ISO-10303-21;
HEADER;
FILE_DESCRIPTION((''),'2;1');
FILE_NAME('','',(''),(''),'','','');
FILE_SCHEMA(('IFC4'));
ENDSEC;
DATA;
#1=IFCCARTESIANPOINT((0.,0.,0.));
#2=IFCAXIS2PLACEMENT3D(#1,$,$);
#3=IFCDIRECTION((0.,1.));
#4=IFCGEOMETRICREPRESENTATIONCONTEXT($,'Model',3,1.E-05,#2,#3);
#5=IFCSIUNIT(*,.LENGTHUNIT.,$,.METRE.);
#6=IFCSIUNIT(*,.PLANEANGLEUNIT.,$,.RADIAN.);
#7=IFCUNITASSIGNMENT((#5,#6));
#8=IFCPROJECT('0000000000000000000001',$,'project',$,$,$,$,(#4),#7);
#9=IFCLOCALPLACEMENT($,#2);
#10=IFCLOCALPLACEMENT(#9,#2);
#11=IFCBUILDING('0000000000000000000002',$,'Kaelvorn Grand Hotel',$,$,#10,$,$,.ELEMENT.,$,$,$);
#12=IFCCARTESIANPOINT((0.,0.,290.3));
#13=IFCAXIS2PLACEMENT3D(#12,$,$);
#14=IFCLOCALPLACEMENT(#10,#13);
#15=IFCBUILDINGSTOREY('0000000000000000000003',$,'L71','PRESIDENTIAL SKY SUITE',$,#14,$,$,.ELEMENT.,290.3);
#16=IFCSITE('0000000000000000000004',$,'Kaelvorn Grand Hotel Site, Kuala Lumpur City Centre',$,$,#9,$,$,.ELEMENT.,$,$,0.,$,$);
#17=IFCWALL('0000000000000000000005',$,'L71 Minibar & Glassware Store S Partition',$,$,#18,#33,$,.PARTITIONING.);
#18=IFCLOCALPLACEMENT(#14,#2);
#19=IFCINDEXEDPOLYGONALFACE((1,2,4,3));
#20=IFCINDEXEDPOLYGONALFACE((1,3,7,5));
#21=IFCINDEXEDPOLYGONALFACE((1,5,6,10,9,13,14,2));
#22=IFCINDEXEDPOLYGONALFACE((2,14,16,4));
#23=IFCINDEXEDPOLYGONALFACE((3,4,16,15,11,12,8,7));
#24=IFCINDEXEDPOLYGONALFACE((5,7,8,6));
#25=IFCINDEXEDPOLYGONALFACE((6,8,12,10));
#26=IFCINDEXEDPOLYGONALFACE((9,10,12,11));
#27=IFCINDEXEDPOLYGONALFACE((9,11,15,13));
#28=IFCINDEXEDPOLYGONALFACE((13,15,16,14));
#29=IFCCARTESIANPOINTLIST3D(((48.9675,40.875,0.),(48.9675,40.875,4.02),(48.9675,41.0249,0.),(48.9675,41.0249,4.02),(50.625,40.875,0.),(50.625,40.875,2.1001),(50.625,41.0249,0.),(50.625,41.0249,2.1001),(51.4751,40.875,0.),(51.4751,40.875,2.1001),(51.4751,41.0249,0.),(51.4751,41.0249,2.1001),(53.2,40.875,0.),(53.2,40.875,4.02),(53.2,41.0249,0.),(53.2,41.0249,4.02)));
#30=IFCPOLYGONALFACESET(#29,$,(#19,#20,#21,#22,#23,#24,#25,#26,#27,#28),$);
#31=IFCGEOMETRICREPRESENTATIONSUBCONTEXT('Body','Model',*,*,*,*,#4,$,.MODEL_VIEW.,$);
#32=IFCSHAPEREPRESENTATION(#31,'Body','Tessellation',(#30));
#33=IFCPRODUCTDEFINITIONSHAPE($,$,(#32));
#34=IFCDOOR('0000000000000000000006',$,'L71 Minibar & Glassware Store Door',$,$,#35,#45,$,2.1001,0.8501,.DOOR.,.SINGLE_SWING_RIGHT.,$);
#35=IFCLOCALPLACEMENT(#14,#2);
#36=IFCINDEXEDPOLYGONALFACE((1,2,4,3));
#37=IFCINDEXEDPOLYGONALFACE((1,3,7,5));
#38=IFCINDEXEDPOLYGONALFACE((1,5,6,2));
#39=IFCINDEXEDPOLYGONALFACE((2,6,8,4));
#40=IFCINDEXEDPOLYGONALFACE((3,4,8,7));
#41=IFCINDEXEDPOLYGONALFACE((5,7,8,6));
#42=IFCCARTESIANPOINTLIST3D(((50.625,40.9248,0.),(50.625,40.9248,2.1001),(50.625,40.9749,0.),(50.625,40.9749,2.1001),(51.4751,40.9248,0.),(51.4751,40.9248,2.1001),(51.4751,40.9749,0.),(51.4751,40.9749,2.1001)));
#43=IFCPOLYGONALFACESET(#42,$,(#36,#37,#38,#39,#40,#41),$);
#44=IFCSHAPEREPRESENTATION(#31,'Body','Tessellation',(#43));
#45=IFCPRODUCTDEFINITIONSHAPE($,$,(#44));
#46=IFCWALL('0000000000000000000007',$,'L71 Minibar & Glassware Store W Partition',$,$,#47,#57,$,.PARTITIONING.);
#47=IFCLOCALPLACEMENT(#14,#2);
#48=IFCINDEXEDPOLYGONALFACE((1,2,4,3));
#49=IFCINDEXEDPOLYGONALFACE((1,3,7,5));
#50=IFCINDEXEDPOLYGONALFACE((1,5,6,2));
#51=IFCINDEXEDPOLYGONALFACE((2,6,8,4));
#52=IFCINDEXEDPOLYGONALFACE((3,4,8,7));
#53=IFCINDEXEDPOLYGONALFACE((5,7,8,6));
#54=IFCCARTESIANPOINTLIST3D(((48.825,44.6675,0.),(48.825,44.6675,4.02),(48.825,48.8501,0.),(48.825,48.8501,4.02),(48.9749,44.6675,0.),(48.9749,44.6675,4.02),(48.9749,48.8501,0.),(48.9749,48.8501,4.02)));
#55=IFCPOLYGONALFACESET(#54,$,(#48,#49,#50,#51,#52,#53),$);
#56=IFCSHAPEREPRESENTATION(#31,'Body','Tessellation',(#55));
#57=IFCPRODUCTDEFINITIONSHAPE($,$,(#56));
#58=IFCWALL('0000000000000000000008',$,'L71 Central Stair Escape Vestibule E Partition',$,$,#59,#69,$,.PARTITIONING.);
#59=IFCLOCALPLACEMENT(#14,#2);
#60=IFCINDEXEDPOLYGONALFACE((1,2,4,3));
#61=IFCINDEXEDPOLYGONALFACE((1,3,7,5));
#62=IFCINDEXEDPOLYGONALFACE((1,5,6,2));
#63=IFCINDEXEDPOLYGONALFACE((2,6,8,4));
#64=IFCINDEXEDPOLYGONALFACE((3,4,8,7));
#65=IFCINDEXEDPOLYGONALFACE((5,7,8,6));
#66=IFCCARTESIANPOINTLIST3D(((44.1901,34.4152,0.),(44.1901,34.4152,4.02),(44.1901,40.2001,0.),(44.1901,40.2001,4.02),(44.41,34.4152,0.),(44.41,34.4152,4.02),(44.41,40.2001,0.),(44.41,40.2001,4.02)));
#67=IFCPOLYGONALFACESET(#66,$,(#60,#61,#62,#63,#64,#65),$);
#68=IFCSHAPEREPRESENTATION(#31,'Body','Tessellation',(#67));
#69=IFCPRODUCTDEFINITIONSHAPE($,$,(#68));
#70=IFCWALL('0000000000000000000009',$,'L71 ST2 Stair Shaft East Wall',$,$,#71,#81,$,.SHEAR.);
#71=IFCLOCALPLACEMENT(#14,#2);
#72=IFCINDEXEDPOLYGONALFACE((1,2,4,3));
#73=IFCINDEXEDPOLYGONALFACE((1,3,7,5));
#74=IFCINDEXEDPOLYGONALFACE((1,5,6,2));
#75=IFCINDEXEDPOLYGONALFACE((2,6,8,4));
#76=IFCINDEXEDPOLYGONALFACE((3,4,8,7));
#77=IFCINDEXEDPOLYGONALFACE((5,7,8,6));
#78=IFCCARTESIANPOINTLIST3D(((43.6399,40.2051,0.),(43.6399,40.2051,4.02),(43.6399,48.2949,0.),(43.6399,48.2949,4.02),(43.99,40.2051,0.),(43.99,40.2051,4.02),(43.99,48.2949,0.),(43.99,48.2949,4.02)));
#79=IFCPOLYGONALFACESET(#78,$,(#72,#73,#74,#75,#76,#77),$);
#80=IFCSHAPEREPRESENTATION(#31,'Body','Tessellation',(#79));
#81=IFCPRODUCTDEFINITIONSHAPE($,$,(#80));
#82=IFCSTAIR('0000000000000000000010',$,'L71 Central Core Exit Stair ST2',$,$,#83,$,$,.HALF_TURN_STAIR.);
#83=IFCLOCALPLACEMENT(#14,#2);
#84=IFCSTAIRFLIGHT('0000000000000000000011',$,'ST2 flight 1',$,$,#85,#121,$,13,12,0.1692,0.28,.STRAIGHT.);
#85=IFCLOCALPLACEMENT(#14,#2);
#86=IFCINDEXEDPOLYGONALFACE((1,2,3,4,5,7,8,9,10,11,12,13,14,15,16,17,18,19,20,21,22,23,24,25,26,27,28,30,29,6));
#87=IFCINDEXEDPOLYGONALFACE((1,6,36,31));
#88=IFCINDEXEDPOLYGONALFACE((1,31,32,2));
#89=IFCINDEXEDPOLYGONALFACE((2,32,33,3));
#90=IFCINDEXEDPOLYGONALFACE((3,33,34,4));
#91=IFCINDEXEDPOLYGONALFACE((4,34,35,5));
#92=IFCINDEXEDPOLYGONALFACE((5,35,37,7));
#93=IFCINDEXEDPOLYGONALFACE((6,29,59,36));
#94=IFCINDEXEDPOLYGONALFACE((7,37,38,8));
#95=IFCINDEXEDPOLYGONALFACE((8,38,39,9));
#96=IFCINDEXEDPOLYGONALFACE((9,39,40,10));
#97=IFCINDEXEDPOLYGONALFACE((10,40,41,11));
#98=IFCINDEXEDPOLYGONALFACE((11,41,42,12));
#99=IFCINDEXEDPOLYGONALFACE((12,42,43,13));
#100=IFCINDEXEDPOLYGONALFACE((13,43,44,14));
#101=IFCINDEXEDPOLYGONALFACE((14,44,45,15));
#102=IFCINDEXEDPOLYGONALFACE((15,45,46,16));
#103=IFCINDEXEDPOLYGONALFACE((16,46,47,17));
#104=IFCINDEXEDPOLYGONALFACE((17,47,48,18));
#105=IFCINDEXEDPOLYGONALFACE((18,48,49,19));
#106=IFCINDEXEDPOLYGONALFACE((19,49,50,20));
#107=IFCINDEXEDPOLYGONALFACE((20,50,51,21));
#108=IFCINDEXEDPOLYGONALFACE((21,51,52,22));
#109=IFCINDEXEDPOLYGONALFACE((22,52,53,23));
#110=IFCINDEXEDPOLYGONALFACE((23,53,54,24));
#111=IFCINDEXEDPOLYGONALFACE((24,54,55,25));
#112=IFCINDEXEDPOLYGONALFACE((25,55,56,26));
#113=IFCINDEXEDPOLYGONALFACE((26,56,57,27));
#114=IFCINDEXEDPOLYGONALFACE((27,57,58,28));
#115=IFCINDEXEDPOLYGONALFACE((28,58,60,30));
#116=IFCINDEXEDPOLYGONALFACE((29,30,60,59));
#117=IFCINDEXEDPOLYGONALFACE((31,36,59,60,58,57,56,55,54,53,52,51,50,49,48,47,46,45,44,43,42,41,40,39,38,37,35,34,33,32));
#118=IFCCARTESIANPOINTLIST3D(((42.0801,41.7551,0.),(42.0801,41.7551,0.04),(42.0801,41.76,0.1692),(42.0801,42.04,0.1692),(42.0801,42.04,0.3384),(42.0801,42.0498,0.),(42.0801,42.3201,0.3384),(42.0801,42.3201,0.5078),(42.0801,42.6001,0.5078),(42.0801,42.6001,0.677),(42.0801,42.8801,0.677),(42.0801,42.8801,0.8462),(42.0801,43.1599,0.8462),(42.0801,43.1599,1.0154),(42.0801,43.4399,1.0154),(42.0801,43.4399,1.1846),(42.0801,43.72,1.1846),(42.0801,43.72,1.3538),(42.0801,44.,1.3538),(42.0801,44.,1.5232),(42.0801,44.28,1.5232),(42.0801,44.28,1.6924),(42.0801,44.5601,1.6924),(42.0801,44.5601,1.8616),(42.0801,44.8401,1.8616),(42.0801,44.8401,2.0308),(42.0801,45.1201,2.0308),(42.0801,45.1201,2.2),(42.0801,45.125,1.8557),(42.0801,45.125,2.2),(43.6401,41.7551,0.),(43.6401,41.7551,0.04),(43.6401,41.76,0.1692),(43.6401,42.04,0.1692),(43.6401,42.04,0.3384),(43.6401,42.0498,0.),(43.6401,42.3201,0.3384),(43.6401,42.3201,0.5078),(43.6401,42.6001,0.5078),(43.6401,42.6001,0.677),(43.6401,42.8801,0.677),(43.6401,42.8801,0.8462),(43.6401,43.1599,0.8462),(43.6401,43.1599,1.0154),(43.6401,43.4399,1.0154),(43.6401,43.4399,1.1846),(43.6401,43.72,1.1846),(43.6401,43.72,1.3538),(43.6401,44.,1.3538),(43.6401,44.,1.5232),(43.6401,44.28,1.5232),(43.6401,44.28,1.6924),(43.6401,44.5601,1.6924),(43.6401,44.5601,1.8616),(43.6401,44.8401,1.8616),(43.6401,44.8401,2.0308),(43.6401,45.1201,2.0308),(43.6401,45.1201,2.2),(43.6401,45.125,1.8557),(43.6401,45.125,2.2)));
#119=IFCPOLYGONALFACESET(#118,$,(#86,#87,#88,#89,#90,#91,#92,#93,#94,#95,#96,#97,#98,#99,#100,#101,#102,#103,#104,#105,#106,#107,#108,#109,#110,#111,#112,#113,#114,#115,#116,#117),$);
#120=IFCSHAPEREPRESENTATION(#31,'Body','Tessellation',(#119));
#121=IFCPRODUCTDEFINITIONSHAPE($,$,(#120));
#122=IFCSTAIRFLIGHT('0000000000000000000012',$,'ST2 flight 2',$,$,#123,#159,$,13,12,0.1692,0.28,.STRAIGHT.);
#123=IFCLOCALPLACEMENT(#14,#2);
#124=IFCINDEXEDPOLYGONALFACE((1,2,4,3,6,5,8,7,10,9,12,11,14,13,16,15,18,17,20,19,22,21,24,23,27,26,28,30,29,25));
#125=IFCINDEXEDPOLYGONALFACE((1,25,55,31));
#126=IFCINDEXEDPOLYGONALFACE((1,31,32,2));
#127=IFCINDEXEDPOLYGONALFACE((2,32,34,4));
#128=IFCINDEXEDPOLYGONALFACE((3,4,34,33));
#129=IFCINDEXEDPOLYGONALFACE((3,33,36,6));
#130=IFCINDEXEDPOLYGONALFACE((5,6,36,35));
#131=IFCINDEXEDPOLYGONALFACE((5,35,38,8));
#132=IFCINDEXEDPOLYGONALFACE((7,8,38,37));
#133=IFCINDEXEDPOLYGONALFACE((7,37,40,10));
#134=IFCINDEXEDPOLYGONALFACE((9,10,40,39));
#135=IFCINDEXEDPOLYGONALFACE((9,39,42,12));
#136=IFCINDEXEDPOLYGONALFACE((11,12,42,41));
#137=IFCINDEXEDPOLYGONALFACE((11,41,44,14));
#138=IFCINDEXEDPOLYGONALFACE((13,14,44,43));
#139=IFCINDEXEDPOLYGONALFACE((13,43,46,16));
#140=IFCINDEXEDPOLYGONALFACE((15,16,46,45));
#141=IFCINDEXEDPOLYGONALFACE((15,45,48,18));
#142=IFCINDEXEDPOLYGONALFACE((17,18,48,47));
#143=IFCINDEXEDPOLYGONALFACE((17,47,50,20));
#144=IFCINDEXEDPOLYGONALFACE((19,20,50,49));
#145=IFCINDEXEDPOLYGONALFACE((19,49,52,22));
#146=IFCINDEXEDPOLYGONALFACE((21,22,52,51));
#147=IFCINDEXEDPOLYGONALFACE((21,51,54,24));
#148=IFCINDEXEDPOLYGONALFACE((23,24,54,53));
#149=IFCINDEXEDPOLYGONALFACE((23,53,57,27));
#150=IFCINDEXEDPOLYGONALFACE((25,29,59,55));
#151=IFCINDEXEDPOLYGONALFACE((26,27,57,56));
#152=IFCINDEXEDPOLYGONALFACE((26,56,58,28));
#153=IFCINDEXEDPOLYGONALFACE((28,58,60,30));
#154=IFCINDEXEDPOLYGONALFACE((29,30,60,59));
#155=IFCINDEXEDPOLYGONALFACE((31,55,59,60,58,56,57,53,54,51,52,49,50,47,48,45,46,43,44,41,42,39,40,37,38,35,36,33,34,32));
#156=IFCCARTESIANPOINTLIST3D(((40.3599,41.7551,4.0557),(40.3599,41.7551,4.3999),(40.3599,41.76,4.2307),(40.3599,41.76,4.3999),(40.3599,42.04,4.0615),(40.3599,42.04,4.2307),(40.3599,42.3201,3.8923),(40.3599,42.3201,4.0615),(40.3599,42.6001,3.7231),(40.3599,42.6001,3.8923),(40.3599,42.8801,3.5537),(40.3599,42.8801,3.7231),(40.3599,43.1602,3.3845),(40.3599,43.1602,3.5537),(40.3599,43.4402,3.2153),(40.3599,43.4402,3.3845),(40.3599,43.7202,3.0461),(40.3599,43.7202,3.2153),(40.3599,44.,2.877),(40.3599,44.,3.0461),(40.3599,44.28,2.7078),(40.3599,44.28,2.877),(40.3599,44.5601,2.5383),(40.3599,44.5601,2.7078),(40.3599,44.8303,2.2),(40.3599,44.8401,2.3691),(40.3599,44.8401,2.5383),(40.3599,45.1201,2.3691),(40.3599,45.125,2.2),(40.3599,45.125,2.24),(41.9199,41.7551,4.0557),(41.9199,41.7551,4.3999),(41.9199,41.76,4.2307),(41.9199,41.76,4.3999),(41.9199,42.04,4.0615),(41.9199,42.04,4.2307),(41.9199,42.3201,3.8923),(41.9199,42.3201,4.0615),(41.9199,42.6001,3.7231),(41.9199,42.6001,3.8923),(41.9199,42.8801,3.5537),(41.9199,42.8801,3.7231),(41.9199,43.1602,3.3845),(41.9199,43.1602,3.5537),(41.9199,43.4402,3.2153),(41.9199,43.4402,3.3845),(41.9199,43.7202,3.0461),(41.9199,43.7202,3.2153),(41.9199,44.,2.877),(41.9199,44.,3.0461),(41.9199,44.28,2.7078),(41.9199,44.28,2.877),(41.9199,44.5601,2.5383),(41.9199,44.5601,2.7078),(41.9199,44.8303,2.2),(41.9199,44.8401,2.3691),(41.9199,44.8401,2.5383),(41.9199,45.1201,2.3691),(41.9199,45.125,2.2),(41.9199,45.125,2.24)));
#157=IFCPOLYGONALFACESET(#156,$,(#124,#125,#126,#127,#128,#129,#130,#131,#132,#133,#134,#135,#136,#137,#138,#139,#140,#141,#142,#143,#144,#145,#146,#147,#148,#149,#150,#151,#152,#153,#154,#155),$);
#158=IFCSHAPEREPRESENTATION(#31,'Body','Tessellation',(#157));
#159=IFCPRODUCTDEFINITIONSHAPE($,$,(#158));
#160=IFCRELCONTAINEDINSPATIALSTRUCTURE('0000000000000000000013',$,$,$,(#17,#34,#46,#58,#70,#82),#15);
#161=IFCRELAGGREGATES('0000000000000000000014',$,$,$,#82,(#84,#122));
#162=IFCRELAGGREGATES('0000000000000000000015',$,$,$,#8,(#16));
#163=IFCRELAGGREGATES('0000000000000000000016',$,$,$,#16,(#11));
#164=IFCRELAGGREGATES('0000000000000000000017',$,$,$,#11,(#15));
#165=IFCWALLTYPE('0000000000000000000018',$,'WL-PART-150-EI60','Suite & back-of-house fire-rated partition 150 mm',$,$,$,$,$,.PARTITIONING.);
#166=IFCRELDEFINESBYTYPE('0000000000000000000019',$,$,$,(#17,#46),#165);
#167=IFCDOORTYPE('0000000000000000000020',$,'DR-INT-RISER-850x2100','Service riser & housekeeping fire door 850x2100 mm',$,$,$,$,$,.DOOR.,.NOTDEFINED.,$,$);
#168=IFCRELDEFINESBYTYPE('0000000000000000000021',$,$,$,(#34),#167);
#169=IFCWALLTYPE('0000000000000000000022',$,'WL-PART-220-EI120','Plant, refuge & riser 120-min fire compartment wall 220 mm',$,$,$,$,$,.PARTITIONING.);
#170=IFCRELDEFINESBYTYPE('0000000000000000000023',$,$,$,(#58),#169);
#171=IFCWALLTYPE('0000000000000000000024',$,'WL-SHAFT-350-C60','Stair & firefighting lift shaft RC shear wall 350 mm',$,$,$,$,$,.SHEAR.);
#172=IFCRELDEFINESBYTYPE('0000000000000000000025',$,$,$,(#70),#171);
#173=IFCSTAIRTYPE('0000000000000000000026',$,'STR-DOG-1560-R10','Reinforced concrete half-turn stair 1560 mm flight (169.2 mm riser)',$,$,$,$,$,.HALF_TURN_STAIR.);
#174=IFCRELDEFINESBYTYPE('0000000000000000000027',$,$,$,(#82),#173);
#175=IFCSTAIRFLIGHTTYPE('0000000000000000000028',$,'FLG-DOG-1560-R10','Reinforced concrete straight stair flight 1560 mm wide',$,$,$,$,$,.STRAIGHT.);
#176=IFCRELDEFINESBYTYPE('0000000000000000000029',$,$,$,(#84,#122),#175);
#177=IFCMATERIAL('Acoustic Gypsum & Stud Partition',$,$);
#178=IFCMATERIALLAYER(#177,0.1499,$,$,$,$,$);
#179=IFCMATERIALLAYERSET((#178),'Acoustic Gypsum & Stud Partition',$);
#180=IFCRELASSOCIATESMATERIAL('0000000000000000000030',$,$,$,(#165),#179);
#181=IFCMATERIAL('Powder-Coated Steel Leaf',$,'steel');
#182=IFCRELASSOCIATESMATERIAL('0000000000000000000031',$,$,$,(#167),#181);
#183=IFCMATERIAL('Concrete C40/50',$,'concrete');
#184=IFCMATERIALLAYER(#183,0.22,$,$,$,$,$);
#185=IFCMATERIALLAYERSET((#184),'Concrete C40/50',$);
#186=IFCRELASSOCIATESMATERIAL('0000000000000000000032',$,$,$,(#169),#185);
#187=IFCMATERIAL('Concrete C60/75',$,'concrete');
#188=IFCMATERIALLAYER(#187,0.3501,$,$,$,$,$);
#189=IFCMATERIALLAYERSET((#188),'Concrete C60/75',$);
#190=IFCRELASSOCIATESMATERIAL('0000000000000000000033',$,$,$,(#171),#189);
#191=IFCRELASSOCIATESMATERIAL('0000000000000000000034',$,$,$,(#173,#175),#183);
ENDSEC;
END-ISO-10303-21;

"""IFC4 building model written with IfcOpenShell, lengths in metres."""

from ifc_helpers import new_model, si_unit, direction, frame, frame_2d, origin, place, context, subcontext, project, spatial, polyline, rectangle, outline, extrude, material, layer, layer_set, type_object, element, fill, aggregate, save


model = new_model("IFC4")

# Units and contexts
model_context = context("Model", 3, precision=1e-05, world=origin(), true_north=direction((0.0, 1.0)))
body_context = subcontext(model_context, "Body", "Model", "MODEL_VIEW")
ifc_project = project(units=[si_unit("LENGTHUNIT", "METRE"), si_unit("PLANEANGLEUNIT", "RADIAN")], contexts=[model_context])

# Site, building, storey
site_placement = place(None, origin())
site = spatial("IfcSite", under=ifc_project, at=site_placement, Name="Kaelvorn Grand Hotel Site, Kuala Lumpur City Centre", CompositionType="ELEMENT", RefElevation=0.0)
building_placement = place(site_placement, origin())
building = spatial("IfcBuilding", under=site, at=building_placement, Name="Kaelvorn Grand Hotel", CompositionType="ELEMENT")
storey_placement = place(building_placement, frame((0.0, 0.0, 290.3)))
storey = spatial("IfcBuildingStorey", under=building, at=storey_placement, Name="L71", Description="PRESIDENTIAL SKY SUITE", CompositionType="ELEMENT", Elevation=290.3)

# Shared definitions
ifc_material_1 = material(Name="Acoustic Gypsum & Stud Partition")
ifc_layer_1 = layer(ifc_material_1, 0.1499)
ifc_layer_set_1 = layer_set([ifc_layer_1], Name="Acoustic Gypsum & Stud Partition")
wall_type_1 = type_object("IfcWallType", Name="WL-PART-150-EI60", Description="Suite & back-of-house fire-rated partition 150 mm", PredefinedType="PARTITIONING", material=ifc_layer_set_1)

# Wall, opening, door
wall_1_placement = place(storey_placement, frame((48.9675, 40.95, 0.0), z_axis=(0.0, 0.0, 1.0), x_axis=(1.0, 0.0, 0.0)))
wall_1 = element("IfcWall", 1, at=wall_1_placement, inside=storey, type_object=wall_type_1, Name="L71 Minibar & Glassware Store S Partition", PredefinedType="PARTITIONING", context=body_context, shape_type="SweptSolid", body=[
    extrude(rectangle(XDim=4.2324, YDim=0.1499, at=frame_2d((2.1162, 0.0))), origin(), (0.0, 0.0, 1.0), 4.02),
])
opening_1_placement = place(wall_1_placement, frame((1.6575, 0.0, 0.0)))
opening_1 = element("IfcOpeningElement", 2, at=opening_1_placement, cuts=wall_1, PredefinedType="OPENING", context=body_context, shape_type="SweptSolid", body=[
    extrude(rectangle(XDim=0.8501, YDim=2.1001, at=frame_2d((0.425, 1.05))), frame((0.0, 0.085, 0.0), z_axis=(0.0, -1.0, 0.0), x_axis=(1.0, 0.0, 0.0)), (0.0, 0.0, 1.0), 0.1699),
])
ifc_material_2 = material(Name="Powder-Coated Steel Leaf", Category="steel")
door_type_1 = type_object("IfcDoorType", Name="DR-INT-RISER-850x2100", Description="Service riser & housekeeping fire door 850x2100 mm", OperationType="NOTDEFINED", PredefinedType="DOOR", material=ifc_material_2)
door_1_placement = place(opening_1_placement, origin())
door_1 = element("IfcDoor", 3, at=door_1_placement, inside=storey, type_object=door_type_1, Name="L71 Minibar & Glassware Store Door", OperationType="SINGLE_SWING_RIGHT", OverallHeight=2.1001, OverallWidth=0.8501, PredefinedType="DOOR", context=body_context, shape_type="SweptSolid", body=[
    extrude(rectangle(XDim=0.8501, YDim=2.1001, at=frame_2d((0.425, 1.05))), frame((0.0, 0.0249, 0.0), z_axis=(0.0, -1.0, 0.0), x_axis=(1.0, 0.0, 0.0)), (0.0, 0.0, 1.0), 0.05),
])
fill(opening_1, door_1)

# Walls
wall_2_placement = place(storey_placement, frame((48.8999, 44.6675, 0.0), z_axis=(0.0, 0.0, 1.0), x_axis=(0.0, 1.0, 0.0)))
element("IfcWall", 4, at=wall_2_placement, inside=storey, type_object=wall_type_1, Name="L71 Minibar & Glassware Store W Partition", PredefinedType="PARTITIONING", context=body_context, shape_type="SweptSolid", body=[
    extrude(rectangle(XDim=4.1826, YDim=0.1499, at=frame_2d((2.0913, 0.0))), origin(), (0.0, 0.0, 1.0), 4.02),
])
ifc_material_3 = material(Name="Concrete C40/50", Category="concrete")
ifc_layer_2 = layer(ifc_material_3, 0.22)
ifc_layer_set_2 = layer_set([ifc_layer_2], Name="Concrete C40/50")
wall_type_2 = type_object("IfcWallType", Name="WL-PART-220-EI120", Description="Plant, refuge & riser 120-min fire compartment wall 220 mm", PredefinedType="PARTITIONING", material=ifc_layer_set_2)
wall_3_placement = place(storey_placement, frame((44.3, 34.415, 0.0), z_axis=(0.0, 0.0, 1.0), x_axis=(0.0, 1.0, 0.0)))
element("IfcWall", 5, at=wall_3_placement, inside=storey, type_object=wall_type_2, Name="L71 Central Stair Escape Vestibule E Partition", PredefinedType="PARTITIONING", context=body_context, shape_type="SweptSolid", body=[
    extrude(rectangle(XDim=5.7849, YDim=0.22, at=frame_2d((2.8926, 0.0))), origin(), (0.0, 0.0, 1.0), 4.02),
])
ifc_material_4 = material(Name="Concrete C60/75", Category="concrete")
ifc_layer_3 = layer(ifc_material_4, 0.3501)
ifc_layer_set_3 = layer_set([ifc_layer_3], Name="Concrete C60/75")
wall_type_3 = type_object("IfcWallType", Name="WL-SHAFT-350-C60", Description="Stair & firefighting lift shaft RC shear wall 350 mm", PredefinedType="SHEAR", material=ifc_layer_set_3)
wall_4_placement = place(storey_placement, frame((43.8149, 40.2051, 0.0), z_axis=(0.0, 0.0, 1.0), x_axis=(0.0, 1.0, 0.0)))
element("IfcWall", 6, at=wall_4_placement, inside=storey, type_object=wall_type_3, Name="L71 ST2 Stair Shaft East Wall", PredefinedType="SHEAR", context=body_context, shape_type="SweptSolid", body=[
    extrude(rectangle(XDim=8.0898, YDim=0.3501, at=frame_2d((4.0449, 0.0))), origin(), (0.0, 0.0, 1.0), 4.02),
])

# Stair, stair flights
stair_type = type_object("IfcStairType", Name="STR-DOG-1560-R10", Description="Reinforced concrete half-turn stair 1560 mm flight (169.2 mm riser)", PredefinedType="HALF_TURN_STAIR", material=ifc_material_3)
stair_placement = place(storey_placement, origin())
stair = element("IfcStair", 7, at=stair_placement, inside=storey, type_object=stair_type, Name="L71 Central Core Exit Stair ST2", PredefinedType="HALF_TURN_STAIR")
stair_flight_type = type_object("IfcStairFlightType", Name="FLG-DOG-1560-R10", Description="Reinforced concrete straight stair flight 1560 mm wide", PredefinedType="STRAIGHT", material=ifc_material_3)
stair_flight_1_placement = place(storey_placement, frame((42.8601, 41.76, 0.0), z_axis=(0.0, 0.0, 1.0), x_axis=(0.0, 1.0, 0.0)))
stair_flight_1 = element("IfcStairFlight", 8, at=stair_flight_1_placement, type_object=stair_flight_type, Name="ST2 flight 1", NumberOfRisers=13, NumberOfTreads=12, PredefinedType="STRAIGHT", RiserHeight=0.1692, TreadLength=0.28, context=body_context, shape_type="SweptSolid", body=[
    extrude(outline(polyline([(-0.0049, 0.0), (-0.0049, 0.04), (0.0, 0.1692), (0.28, 0.1692), (0.28, 0.3384), (0.5601, 0.3384), (0.5601, 0.5078), (0.8401, 0.5078), (0.8401, 0.677), (1.1201, 0.677), (1.1201, 0.8462), (1.3999, 0.8462), (1.3999, 1.0154), (1.6799, 1.0154), (1.6799, 1.1846), (1.96, 1.1846), (1.96, 1.3538), (2.24, 1.3538), (2.24, 1.5232), (2.52, 1.5232), (2.52, 1.6924), (2.8, 1.6924), (2.8, 1.8616), (3.0801, 1.8616), (3.0801, 2.0308), (3.3601, 2.0308), (3.3601, 2.2), (3.365, 2.2), (3.365, 1.8557), (0.2898, 0.0), (-0.0049, 0.0)])), frame((0.0, 0.78, 0.0), z_axis=(0.0, -1.0, 0.0), x_axis=(1.0, 0.0, 0.0)), (0.0, 0.0, 1.0), 1.5601),
])
stair_flight_2_placement = place(storey_placement, frame((41.1399, 45.1201, 2.2), z_axis=(0.0, 0.0, 1.0), x_axis=(0.0, -1.0, 0.0)))
stair_flight_2 = element("IfcStairFlight", 9, at=stair_flight_2_placement, type_object=stair_flight_type, Name="ST2 flight 2", NumberOfRisers=13, NumberOfTreads=12, PredefinedType="STRAIGHT", RiserHeight=0.1692, TreadLength=0.28, context=body_context, shape_type="SweptSolid", body=[
    extrude(outline(polyline([(-0.0049, 0.0), (-0.0049, 0.04), (0.0, 0.1692), (0.28, 0.1692), (0.28, 0.3384), (0.5601, 0.3384), (0.5601, 0.5078), (0.8401, 0.5078), (0.8401, 0.677), (1.1201, 0.677), (1.1201, 0.8462), (1.3999, 0.8462), (1.3999, 1.0154), (1.6799, 1.0154), (1.6799, 1.1846), (1.96, 1.1846), (1.96, 1.3538), (2.24, 1.3538), (2.24, 1.5232), (2.52, 1.5232), (2.52, 1.6924), (2.8, 1.6924), (2.8, 1.8616), (3.0801, 1.8616), (3.0801, 2.0308), (3.3601, 2.0308), (3.3601, 2.2), (3.365, 2.2), (3.365, 1.8557), (0.2898, 0.0), (-0.0049, 0.0)])), frame((0.0, 0.78, 0.0), z_axis=(0.0, -1.0, 0.0), x_axis=(1.0, 0.0, 0.0)), (0.0, 0.0, 1.0), 1.5601),
])
aggregate(stair, [stair_flight_1, stair_flight_2])

save(model, "model.ifc")
